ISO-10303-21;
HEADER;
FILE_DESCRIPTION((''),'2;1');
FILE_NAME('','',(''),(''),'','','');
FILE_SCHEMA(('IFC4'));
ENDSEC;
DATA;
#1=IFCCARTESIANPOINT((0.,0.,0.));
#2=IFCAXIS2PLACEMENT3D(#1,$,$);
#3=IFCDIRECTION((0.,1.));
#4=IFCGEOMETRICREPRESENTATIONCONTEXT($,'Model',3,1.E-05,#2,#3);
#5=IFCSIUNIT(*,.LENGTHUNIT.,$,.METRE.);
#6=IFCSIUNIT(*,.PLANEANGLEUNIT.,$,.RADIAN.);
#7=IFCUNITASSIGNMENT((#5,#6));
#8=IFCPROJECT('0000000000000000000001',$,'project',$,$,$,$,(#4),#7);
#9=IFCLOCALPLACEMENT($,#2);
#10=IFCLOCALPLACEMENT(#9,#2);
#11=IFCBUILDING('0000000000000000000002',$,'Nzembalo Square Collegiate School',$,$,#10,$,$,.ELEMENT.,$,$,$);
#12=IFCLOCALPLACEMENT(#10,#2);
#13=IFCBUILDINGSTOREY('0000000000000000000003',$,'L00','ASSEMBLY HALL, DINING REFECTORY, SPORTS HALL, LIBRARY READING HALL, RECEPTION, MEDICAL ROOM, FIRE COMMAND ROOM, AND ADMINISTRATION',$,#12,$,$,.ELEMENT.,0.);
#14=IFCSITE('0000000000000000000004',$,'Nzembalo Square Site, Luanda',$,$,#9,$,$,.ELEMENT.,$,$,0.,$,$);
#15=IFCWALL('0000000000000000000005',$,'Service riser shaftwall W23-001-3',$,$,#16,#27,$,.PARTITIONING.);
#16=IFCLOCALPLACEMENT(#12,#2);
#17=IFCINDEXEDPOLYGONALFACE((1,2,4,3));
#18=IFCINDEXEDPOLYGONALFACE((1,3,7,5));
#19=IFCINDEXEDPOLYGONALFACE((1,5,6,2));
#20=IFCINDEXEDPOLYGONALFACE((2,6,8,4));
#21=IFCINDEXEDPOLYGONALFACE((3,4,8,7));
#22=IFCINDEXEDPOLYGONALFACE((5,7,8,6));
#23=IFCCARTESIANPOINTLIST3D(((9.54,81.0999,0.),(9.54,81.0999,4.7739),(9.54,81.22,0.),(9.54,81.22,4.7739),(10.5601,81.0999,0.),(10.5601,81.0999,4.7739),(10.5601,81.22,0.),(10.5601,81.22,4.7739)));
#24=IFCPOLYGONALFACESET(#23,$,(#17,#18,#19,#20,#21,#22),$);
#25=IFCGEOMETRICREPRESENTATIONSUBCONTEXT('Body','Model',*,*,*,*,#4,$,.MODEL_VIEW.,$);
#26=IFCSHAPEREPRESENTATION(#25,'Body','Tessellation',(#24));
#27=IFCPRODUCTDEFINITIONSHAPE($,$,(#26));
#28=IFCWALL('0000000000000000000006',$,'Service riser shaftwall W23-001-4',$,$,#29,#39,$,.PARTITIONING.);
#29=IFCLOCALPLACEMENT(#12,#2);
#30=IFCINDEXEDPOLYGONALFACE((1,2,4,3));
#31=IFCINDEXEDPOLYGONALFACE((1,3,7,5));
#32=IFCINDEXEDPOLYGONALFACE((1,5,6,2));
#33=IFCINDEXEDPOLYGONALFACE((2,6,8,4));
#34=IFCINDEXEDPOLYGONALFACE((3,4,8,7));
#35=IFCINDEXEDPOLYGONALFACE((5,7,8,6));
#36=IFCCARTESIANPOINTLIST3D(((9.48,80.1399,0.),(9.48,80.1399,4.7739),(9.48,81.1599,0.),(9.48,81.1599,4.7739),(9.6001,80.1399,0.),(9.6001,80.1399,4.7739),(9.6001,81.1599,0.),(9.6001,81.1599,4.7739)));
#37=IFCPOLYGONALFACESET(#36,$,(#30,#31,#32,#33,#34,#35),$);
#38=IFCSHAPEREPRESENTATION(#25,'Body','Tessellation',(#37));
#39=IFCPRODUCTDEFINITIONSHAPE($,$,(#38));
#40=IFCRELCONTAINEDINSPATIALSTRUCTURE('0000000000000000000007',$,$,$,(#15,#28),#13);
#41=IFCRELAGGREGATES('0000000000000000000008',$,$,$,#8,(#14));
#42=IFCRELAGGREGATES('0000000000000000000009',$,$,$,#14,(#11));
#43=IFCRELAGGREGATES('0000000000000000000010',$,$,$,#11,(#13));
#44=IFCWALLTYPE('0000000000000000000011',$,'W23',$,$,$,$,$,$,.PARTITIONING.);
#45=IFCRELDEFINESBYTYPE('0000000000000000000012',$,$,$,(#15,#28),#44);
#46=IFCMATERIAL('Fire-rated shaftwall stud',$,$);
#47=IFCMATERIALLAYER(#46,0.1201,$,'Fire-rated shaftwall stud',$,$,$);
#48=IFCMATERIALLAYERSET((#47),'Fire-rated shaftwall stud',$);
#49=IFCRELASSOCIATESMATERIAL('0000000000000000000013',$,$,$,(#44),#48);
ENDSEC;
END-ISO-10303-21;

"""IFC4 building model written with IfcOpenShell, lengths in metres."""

from ifc_helpers import new_model, si_unit, direction, frame, frame_2d, origin, place, context, subcontext, project, spatial, rectangle, extrude, material, layer, layer_set, type_object, element, save


model = new_model("IFC4")

# Units and contexts
model_context = context("Model", 3, precision=1e-05, world=origin(), true_north=direction((0.0, 1.0)))
body_context = subcontext(model_context, "Body", "Model", "MODEL_VIEW")
ifc_project = project(units=[si_unit("LENGTHUNIT", "METRE"), si_unit("PLANEANGLEUNIT", "RADIAN")], contexts=[model_context])

# Site, building, storey
site_placement = place(None, origin())
site = spatial("IfcSite", under=ifc_project, at=site_placement, Name="Nzembalo Square Site, Luanda", CompositionType="ELEMENT", RefElevation=0.0)
building_placement = place(site_placement, origin())
building = spatial("IfcBuilding", under=site, at=building_placement, Name="Nzembalo Square Collegiate School", CompositionType="ELEMENT")
storey_placement = place(building_placement, origin())
storey = spatial("IfcBuildingStorey", under=building, at=storey_placement, Name="L00", Description="ASSEMBLY HALL, DINING REFECTORY, SPORTS HALL, LIBRARY READING HALL, RECEPTION, MEDICAL ROOM, FIRE COMMAND ROOM, AND ADMINISTRATION", CompositionType="ELEMENT", Elevation=0.0)

# Walls
ifc_material_1 = material(Name="Fire-rated shaftwall stud")
ifc_layer_1 = layer(ifc_material_1, 0.1201, Name="Fire-rated shaftwall stud")
ifc_layer_set_1 = layer_set([ifc_layer_1], Name="Fire-rated shaftwall stud")
wall_type_1 = type_object("IfcWallType", Name="W23", PredefinedType="PARTITIONING", material=ifc_layer_set_1)
for number, where, z_axis, x_axis, name in (
    (1, (10.5601, 81.1599, 0.0), (0.0, 0.0, 1.0), (-1.0, 0.0, 0.0), "Service riser shaftwall W23-001-3"),
    (2, (9.54, 81.1599, 0.0), (0.0, 0.0, 1.0), (0.0, -1.0, 0.0), "Service riser shaftwall W23-001-4"),
):
    element("IfcWall", number, at=place(storey_placement, frame(where, z_axis=z_axis, x_axis=x_axis)), inside=storey, type_object=wall_type_1, Name=name, PredefinedType="PARTITIONING", context=body_context, shape_type="SweptSolid", body=[
        extrude(rectangle(XDim=1.02, YDim=0.1201, at=frame_2d((0.51, 0.0))), origin(), (0.0, 0.0, 1.0), 4.7739),
    ])

save(model, "model.ifc")
